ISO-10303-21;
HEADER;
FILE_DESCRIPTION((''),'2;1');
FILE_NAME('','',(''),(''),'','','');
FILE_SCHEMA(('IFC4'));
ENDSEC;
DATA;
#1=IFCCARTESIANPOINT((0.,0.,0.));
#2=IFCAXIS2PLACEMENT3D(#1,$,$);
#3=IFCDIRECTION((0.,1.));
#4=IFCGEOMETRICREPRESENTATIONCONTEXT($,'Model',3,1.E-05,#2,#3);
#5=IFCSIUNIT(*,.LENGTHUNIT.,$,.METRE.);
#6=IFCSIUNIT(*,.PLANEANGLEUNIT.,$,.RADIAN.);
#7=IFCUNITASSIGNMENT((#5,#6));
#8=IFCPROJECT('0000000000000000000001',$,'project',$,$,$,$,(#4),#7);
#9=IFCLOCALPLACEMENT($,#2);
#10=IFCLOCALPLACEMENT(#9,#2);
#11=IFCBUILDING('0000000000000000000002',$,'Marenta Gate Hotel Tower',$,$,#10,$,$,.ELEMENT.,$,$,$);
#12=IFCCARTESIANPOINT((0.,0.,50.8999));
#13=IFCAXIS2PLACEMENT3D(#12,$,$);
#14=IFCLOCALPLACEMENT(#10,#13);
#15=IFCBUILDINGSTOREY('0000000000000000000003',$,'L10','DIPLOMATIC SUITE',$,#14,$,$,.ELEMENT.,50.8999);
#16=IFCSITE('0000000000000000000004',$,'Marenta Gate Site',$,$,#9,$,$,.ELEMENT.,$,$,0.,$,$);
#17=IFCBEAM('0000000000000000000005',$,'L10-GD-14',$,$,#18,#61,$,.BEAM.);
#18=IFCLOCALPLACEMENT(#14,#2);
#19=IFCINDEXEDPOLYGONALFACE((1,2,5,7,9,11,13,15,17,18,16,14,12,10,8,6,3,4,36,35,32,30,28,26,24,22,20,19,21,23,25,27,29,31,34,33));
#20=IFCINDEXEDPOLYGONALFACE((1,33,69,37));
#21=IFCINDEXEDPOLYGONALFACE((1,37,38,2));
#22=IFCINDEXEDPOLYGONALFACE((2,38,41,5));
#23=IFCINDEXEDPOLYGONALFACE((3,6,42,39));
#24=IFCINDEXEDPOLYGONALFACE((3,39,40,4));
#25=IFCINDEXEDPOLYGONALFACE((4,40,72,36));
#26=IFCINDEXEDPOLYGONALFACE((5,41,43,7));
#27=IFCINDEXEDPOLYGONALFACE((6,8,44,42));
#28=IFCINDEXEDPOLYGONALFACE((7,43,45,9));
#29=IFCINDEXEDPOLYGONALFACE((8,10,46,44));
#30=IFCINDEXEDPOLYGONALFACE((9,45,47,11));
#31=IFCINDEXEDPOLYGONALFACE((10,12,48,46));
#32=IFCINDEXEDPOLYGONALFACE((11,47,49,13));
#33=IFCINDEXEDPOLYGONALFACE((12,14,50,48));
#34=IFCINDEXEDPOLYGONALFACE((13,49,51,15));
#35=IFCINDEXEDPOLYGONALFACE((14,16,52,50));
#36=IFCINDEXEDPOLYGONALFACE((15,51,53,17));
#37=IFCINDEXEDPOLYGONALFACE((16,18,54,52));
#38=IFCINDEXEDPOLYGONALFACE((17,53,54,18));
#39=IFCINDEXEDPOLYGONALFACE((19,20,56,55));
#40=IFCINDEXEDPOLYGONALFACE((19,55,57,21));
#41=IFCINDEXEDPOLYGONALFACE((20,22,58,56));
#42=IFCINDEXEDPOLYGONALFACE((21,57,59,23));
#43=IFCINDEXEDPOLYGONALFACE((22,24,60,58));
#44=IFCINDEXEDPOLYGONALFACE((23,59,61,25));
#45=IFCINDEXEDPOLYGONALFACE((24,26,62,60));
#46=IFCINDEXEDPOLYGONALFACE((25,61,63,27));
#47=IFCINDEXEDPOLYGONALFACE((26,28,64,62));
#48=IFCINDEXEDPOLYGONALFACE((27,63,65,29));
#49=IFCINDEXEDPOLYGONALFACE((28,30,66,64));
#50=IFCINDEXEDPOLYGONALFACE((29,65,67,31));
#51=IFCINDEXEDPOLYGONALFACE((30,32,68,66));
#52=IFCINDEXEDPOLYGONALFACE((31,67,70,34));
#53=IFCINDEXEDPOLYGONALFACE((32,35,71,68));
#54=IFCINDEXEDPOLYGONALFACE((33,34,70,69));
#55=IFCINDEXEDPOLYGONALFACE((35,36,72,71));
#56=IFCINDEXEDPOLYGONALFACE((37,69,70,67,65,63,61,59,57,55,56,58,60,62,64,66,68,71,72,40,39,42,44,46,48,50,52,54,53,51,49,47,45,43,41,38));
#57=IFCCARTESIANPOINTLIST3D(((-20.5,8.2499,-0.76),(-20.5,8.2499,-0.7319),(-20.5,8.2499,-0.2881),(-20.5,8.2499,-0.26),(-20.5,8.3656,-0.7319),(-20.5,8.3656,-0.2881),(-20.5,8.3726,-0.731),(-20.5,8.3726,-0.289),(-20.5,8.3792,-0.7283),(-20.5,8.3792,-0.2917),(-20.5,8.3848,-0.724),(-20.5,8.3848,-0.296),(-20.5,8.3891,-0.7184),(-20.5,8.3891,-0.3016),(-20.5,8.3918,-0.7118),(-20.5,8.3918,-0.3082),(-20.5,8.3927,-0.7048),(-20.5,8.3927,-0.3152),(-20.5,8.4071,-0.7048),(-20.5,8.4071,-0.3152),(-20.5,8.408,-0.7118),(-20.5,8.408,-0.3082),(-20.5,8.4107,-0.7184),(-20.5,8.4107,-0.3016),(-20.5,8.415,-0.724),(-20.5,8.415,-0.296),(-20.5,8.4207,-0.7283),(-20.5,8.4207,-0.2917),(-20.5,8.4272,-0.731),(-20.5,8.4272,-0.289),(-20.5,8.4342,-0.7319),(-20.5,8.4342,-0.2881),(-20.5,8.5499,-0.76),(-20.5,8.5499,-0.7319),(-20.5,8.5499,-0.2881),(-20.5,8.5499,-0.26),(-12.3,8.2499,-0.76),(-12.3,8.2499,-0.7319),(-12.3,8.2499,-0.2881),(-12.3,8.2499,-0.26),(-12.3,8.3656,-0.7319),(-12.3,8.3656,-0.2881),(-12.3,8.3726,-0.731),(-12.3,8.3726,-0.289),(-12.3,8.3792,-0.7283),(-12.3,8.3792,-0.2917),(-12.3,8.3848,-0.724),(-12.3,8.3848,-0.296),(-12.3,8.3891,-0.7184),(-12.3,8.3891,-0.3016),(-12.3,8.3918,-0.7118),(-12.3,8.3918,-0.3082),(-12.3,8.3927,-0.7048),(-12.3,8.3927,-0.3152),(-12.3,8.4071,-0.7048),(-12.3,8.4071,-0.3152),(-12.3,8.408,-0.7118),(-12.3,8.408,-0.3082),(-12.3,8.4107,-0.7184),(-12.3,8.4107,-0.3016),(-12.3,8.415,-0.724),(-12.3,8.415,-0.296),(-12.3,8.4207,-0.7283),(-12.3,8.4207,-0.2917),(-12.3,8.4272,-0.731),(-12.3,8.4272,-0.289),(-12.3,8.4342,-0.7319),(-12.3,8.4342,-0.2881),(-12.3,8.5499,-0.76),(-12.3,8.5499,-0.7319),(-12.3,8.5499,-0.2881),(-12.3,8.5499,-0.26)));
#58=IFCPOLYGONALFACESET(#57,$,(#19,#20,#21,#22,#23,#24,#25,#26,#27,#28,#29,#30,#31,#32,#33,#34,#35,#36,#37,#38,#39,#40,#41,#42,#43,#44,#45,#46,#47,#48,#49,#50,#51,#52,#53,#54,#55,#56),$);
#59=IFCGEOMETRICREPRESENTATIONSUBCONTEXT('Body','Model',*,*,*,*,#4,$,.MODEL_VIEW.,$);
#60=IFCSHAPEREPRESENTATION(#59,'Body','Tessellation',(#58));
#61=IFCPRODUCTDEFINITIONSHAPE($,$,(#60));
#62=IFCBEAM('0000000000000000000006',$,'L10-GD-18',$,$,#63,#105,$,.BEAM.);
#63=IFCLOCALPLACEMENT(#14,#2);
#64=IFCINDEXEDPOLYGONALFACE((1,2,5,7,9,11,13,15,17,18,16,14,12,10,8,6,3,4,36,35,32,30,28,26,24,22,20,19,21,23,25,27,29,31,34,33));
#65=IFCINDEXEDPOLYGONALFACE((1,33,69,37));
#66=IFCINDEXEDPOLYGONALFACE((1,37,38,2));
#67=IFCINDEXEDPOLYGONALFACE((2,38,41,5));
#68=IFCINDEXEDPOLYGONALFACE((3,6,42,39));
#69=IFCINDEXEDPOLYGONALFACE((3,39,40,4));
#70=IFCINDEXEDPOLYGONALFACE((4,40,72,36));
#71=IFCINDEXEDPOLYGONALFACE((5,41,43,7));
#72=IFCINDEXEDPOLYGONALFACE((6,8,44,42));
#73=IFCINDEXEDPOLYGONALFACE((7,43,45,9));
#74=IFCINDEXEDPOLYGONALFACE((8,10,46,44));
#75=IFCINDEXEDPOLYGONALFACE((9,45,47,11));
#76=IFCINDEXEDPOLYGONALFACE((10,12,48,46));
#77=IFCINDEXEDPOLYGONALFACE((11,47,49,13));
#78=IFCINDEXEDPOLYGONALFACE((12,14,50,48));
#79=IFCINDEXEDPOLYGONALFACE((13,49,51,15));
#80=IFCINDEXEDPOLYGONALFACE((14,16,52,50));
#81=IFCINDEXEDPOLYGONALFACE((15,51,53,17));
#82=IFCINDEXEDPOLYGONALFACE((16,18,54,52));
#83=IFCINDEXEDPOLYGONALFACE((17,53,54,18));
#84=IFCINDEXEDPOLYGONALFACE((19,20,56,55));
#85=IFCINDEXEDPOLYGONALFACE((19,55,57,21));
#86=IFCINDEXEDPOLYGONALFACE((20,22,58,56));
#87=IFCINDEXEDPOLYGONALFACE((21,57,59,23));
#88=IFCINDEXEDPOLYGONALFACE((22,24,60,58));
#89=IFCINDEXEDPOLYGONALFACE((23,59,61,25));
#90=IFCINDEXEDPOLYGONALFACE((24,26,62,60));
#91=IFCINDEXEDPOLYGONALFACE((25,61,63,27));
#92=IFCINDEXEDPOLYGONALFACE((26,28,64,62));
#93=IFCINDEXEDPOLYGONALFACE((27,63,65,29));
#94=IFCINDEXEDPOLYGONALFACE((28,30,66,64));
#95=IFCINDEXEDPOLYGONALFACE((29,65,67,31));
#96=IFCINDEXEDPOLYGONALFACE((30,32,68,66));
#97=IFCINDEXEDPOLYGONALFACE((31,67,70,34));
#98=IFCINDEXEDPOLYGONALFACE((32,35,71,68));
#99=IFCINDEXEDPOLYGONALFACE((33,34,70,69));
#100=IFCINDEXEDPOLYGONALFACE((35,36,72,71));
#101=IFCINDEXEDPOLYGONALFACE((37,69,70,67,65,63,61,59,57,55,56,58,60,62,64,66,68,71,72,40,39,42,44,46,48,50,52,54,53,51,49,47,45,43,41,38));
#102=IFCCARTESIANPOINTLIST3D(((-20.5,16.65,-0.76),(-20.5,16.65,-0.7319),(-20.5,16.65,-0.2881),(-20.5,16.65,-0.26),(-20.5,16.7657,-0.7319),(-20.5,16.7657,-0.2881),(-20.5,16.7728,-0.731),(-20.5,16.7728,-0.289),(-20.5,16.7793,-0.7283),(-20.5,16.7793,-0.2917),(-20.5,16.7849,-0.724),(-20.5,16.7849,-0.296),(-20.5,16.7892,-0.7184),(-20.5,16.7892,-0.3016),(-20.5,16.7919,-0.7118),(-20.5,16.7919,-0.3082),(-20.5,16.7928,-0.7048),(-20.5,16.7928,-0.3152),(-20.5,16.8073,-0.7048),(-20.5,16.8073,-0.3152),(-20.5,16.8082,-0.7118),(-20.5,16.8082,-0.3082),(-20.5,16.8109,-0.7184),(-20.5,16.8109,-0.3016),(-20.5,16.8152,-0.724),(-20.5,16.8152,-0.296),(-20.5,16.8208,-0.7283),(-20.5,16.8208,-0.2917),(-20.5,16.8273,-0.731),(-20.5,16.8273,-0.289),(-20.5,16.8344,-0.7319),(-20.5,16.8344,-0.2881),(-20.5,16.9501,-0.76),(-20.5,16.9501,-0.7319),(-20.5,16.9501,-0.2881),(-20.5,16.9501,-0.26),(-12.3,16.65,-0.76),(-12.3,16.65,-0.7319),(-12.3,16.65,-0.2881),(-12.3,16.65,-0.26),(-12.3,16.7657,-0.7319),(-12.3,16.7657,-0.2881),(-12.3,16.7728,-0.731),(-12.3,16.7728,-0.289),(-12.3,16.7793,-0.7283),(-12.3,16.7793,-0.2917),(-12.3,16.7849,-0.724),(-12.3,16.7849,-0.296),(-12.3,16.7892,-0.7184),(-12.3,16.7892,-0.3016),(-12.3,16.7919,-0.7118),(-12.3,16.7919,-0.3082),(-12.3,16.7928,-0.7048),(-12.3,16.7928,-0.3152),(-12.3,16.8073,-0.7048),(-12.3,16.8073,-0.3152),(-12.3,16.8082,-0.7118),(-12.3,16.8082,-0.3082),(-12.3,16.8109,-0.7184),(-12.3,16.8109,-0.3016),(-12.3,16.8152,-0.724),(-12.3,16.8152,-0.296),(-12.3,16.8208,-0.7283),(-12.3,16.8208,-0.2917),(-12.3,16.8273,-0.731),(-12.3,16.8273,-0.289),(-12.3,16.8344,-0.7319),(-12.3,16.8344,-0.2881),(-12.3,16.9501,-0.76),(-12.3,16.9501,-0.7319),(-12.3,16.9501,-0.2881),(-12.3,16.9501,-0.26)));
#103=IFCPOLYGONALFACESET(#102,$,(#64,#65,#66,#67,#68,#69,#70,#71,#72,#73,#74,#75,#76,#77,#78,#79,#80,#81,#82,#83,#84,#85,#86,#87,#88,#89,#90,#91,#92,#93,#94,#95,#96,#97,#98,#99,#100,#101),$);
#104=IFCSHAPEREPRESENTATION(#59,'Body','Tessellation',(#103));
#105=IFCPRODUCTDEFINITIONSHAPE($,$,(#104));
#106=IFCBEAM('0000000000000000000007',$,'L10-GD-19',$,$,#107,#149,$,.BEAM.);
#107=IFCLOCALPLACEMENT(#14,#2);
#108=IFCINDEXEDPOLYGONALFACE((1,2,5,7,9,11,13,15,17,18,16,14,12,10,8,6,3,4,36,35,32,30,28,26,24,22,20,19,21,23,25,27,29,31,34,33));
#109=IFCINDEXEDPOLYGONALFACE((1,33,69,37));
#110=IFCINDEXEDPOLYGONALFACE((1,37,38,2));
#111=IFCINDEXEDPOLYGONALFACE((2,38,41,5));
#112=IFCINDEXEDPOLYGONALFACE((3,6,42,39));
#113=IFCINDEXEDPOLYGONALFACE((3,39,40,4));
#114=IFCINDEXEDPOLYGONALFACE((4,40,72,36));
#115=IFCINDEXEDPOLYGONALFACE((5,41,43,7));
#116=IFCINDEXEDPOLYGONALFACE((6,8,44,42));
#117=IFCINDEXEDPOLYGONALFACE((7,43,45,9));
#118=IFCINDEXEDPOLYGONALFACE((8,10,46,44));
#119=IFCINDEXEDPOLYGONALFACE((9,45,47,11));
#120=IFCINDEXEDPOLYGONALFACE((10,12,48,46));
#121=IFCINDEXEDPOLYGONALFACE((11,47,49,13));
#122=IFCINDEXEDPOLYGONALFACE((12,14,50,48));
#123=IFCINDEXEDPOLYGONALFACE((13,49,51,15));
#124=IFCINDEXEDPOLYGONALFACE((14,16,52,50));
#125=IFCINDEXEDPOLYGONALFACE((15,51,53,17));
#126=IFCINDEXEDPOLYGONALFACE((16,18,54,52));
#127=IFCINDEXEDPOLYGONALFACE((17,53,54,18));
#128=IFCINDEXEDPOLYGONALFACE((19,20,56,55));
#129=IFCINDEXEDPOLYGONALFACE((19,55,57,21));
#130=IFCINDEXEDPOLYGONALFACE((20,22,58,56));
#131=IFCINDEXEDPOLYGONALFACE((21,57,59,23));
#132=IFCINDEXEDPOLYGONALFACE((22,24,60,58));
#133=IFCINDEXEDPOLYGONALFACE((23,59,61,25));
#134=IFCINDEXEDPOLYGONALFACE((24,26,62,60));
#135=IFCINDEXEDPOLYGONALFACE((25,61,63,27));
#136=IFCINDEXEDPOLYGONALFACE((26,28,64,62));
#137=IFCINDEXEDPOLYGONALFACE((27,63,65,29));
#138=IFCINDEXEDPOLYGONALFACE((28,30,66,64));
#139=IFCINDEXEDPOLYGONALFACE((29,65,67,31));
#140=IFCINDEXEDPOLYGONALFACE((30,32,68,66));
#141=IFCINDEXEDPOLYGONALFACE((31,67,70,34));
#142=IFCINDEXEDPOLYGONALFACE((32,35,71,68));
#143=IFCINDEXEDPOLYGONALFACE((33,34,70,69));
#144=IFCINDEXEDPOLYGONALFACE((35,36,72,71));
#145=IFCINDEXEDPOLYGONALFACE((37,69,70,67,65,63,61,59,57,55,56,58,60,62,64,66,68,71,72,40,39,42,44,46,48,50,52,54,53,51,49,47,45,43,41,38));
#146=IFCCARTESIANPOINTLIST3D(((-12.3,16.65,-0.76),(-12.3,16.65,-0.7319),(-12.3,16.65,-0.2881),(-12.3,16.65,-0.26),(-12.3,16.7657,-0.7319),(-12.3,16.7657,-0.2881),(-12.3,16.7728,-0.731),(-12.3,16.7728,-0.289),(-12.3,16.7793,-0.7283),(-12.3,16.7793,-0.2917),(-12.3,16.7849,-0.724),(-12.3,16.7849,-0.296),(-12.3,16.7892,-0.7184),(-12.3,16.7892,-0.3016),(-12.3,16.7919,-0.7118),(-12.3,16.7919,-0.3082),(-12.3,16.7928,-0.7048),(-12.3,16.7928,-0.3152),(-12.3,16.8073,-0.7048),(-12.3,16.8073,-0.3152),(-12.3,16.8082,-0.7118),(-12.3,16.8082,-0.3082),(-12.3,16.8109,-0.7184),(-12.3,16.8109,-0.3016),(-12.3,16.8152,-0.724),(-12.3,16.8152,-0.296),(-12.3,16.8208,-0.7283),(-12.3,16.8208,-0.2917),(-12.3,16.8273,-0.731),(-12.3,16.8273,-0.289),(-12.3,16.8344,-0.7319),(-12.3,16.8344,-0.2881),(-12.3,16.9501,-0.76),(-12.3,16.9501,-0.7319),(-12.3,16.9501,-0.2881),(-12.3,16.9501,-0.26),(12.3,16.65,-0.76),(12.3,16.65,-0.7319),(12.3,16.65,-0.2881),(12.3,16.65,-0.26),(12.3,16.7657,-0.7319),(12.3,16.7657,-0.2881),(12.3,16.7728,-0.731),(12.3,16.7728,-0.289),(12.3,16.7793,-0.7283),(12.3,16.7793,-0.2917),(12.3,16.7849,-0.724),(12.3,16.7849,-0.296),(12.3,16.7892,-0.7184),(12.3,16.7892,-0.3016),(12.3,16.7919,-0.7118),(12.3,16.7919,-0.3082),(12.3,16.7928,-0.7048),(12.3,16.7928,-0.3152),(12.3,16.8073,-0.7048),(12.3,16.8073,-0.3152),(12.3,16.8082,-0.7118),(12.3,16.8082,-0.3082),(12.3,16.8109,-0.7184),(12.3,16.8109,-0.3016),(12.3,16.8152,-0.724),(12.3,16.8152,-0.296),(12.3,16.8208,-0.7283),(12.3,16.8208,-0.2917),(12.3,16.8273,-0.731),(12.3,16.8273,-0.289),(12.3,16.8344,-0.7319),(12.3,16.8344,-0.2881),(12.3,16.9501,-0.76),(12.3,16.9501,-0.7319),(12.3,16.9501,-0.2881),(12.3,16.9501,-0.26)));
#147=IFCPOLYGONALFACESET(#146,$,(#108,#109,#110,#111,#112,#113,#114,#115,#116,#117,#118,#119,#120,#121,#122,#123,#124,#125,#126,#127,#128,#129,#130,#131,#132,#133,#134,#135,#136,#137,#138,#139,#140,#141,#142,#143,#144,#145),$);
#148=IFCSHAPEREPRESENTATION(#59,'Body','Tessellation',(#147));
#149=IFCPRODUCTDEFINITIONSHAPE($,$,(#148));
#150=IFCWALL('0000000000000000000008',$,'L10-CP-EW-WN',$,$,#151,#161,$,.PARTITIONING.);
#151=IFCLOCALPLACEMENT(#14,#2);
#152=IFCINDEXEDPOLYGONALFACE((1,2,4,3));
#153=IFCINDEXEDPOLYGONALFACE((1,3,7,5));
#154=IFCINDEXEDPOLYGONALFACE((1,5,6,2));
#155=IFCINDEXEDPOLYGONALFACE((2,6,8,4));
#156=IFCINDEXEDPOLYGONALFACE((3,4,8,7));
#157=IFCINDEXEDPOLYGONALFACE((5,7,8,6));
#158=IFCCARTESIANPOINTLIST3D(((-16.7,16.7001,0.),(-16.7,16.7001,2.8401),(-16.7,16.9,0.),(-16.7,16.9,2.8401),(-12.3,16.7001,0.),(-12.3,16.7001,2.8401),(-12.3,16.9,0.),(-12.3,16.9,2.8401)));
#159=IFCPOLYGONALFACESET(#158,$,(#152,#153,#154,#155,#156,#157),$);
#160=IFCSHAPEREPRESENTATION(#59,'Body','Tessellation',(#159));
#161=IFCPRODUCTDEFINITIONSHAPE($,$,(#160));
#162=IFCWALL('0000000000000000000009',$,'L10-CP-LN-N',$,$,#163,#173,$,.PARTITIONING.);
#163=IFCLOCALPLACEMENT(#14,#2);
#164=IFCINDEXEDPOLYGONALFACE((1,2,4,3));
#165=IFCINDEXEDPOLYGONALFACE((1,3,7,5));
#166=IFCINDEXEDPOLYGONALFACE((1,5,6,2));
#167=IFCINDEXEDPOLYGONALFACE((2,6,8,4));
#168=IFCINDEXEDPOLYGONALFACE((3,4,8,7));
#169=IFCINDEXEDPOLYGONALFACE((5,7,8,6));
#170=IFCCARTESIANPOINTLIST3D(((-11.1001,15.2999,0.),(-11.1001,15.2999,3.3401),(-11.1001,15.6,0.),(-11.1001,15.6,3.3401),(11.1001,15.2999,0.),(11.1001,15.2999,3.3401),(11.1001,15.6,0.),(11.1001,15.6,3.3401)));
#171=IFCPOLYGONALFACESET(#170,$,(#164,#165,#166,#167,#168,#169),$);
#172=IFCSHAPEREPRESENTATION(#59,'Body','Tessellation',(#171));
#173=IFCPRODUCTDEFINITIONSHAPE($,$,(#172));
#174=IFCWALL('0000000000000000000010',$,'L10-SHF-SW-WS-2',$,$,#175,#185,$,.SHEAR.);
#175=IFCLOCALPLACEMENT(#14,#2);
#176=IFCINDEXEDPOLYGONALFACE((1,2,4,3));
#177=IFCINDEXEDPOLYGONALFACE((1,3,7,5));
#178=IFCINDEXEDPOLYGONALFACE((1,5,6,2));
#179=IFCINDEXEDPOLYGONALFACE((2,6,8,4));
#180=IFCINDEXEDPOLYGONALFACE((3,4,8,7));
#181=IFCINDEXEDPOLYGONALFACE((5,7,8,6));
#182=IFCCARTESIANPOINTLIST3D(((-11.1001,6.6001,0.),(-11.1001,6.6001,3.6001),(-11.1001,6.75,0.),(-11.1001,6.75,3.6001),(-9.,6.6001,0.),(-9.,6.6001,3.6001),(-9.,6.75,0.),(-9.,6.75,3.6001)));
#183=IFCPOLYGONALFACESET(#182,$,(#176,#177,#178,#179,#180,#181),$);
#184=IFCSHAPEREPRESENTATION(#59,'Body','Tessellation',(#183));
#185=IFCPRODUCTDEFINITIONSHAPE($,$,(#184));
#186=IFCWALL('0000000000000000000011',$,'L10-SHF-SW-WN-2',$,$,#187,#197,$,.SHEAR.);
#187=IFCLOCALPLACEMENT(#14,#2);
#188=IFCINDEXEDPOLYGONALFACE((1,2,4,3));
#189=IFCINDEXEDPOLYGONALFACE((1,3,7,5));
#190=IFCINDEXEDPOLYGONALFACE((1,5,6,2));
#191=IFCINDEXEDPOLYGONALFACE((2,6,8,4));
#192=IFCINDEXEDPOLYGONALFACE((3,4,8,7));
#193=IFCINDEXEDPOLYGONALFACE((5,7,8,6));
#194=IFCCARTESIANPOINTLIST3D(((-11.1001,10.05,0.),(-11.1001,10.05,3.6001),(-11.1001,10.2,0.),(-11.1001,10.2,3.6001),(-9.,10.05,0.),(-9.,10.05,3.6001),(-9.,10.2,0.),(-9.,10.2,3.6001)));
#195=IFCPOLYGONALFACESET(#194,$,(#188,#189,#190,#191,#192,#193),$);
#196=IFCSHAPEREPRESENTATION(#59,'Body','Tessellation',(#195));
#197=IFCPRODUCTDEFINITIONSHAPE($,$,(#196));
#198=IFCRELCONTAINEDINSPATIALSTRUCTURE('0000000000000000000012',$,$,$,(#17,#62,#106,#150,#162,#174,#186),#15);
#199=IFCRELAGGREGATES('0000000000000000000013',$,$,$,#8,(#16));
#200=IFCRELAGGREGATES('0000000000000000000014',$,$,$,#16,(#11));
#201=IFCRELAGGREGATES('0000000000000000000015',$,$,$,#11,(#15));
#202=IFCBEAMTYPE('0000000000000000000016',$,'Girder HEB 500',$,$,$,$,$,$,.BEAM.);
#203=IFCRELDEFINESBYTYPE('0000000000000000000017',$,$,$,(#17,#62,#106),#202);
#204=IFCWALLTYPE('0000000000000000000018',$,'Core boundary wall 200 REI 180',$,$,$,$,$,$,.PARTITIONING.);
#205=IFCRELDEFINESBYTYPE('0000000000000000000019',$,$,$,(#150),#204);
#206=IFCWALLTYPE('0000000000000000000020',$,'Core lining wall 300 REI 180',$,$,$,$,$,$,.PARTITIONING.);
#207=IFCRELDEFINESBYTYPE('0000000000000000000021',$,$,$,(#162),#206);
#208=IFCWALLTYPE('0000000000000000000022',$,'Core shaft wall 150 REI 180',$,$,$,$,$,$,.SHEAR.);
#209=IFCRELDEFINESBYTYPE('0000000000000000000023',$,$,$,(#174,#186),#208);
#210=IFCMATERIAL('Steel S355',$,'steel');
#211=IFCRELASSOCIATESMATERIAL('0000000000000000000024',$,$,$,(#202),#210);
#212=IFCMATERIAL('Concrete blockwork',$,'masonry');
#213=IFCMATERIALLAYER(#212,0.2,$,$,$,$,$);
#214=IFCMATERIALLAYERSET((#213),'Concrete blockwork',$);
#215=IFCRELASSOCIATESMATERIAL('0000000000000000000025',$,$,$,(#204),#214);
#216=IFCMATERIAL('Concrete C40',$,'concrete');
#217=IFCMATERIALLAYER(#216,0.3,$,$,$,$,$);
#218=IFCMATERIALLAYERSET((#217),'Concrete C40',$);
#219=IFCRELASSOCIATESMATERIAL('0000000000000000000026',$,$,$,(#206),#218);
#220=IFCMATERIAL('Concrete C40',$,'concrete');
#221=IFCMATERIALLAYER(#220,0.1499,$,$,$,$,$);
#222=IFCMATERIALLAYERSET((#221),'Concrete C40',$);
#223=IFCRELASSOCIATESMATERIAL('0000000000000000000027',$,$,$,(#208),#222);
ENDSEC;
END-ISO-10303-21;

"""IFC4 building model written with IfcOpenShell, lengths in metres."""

from ifc_helpers import new_model, si_unit, direction, frame, frame_2d, origin, origin_2d, place, context, subcontext, project, spatial, rectangle, i_section, extrude, material, layer, layer_set, material_profile, profile_set, type_object, element, save


model = new_model("IFC4")

# Units and contexts
model_context = context("Model", 3, precision=1e-05, world=origin(), true_north=direction((0.0, 1.0)))
body_context = subcontext(model_context, "Body", "Model", "MODEL_VIEW")
ifc_project = project(units=[si_unit("LENGTHUNIT", "METRE"), si_unit("PLANEANGLEUNIT", "RADIAN")], contexts=[model_context])

# Site, building, storey
site_placement = place(None, origin())
site = spatial("IfcSite", under=ifc_project, at=site_placement, Name="Marenta Gate Site", CompositionType="ELEMENT", RefElevation=0.0)
building_placement = place(site_placement, origin())
building = spatial("IfcBuilding", under=site, at=building_placement, Name="Marenta Gate Hotel Tower", CompositionType="ELEMENT")
storey_placement = place(building_placement, frame((0.0, 0.0, 50.8999)))
storey = spatial("IfcBuildingStorey", under=building, at=storey_placement, Name="L10", Description="DIPLOMATIC SUITE", CompositionType="ELEMENT", Elevation=50.8999)

# Beams
ifc_material_1 = material(Name="Steel S355", Category="steel")
ifc_material_profile = material_profile(ifc_material_1, i_section(OverallWidth=0.3, OverallDepth=0.5, WebThickness=0.0144, FlangeThickness=0.0281, FilletRadius=0.0271, at=origin_2d()), Name="HEB 500")
ifc_profile_set = profile_set([ifc_material_profile], Name="Steel S355")
beam_type = type_object("IfcBeamType", Name="Girder HEB 500", PredefinedType="BEAM", material=ifc_profile_set)
for number, where, z_axis, x_axis, name in (
    (1, (-20.5, 8.3999, -0.51), (1.0, 0.0, 0.0), (0.0, 1.0, 0.0), "L10-GD-14"),
    (2, (-20.5, 16.8, -0.51), (1.0, 0.0, 0.0), (0.0, 1.0, 0.0), "L10-GD-18"),
):
    element("IfcBeam", number, at=place(storey_placement, frame(where, z_axis=z_axis, x_axis=x_axis)), inside=storey, type_object=beam_type, Name=name, PredefinedType="BEAM", context=body_context, shape_type="SweptSolid", body=[
        extrude(i_section(OverallWidth=0.3, OverallDepth=0.5, WebThickness=0.0144, FlangeThickness=0.0281, FilletRadius=0.0271, at=origin_2d()), origin(), (0.0, 0.0, 1.0), 8.2),
    ])
beam_placement = place(storey_placement, frame((-12.3, 16.8, -0.51), z_axis=(1.0, 0.0, 0.0), x_axis=(0.0, 1.0, 0.0)))
element("IfcBeam", 3, at=beam_placement, inside=storey, type_object=beam_type, Name="L10-GD-19", PredefinedType="BEAM", context=body_context, shape_type="SweptSolid", body=[
    extrude(i_section(OverallWidth=0.3, OverallDepth=0.5, WebThickness=0.0144, FlangeThickness=0.0281, FilletRadius=0.0271, at=origin_2d()), origin(), (0.0, 0.0, 1.0), 24.6001),
])

# Walls
ifc_material_2 = material(Name="Concrete blockwork", Category="masonry")
ifc_layer_1 = layer(ifc_material_2, 0.2)
ifc_layer_set_1 = layer_set([ifc_layer_1], Name="Concrete blockwork")
wall_type_1 = type_object("IfcWallType", Name="Core boundary wall 200 REI 180", PredefinedType="PARTITIONING", material=ifc_layer_set_1)
wall_1_placement = place(storey_placement, frame((-16.7, 16.8, 0.0), z_axis=(0.0, 0.0, 1.0), x_axis=(1.0, 0.0, 0.0)))
element("IfcWall", 4, at=wall_1_placement, inside=storey, type_object=wall_type_1, Name="L10-CP-EW-WN", PredefinedType="PARTITIONING", context=body_context, shape_type="SweptSolid", body=[
    extrude(rectangle(XDim=4.3999, YDim=0.2, at=frame_2d((2.2, 0.0))), origin(), (0.0, 0.0, 1.0), 2.8401),
])
ifc_material_3 = material(Name="Concrete C40", Category="concrete")
ifc_layer_2 = layer(ifc_material_3, 0.3)
ifc_layer_set_2 = layer_set([ifc_layer_2], Name="Concrete C40")
wall_type_2 = type_object("IfcWallType", Name="Core lining wall 300 REI 180", PredefinedType="PARTITIONING", material=ifc_layer_set_2)
wall_2_placement = place(storey_placement, frame((-11.1001, 15.45, 0.0), z_axis=(0.0, 0.0, 1.0), x_axis=(1.0, 0.0, 0.0)))
element("IfcWall", 5, at=wall_2_placement, inside=storey, type_object=wall_type_2, Name="L10-CP-LN-N", PredefinedType="PARTITIONING", context=body_context, shape_type="SweptSolid", body=[
    extrude(rectangle(XDim=22.2002, YDim=0.3, at=frame_2d((11.1001, 0.0))), origin(), (0.0, 0.0, 1.0), 3.3401),
])
ifc_material_4 = material(Name="Concrete C40", Category="concrete")
ifc_layer_3 = layer(ifc_material_4, 0.1499)
ifc_layer_set_3 = layer_set([ifc_layer_3], Name="Concrete C40")
wall_type_3 = type_object("IfcWallType", Name="Core shaft wall 150 REI 180", PredefinedType="SHEAR", material=ifc_layer_set_3)
for number, where, z_axis, x_axis, name in (
    (6, (-11.1001, 6.675, 0.0), (0.0, 0.0, 1.0), (1.0, 0.0, 0.0), "L10-SHF-SW-WS-2"),
    (7, (-11.1001, 10.125, 0.0), (0.0, 0.0, 1.0), (1.0, 0.0, 0.0), "L10-SHF-SW-WN-2"),
):
    element("IfcWall", number, at=place(storey_placement, frame(where, z_axis=z_axis, x_axis=x_axis)), inside=storey, type_object=wall_type_3, Name=name, PredefinedType="SHEAR", context=body_context, shape_type="SweptSolid", body=[
        extrude(rectangle(XDim=2.1001, YDim=0.1499, at=frame_2d((1.05, 0.0))), origin(), (0.0, 0.0, 1.0), 3.6001),
    ])

save(model, "model.ifc")
